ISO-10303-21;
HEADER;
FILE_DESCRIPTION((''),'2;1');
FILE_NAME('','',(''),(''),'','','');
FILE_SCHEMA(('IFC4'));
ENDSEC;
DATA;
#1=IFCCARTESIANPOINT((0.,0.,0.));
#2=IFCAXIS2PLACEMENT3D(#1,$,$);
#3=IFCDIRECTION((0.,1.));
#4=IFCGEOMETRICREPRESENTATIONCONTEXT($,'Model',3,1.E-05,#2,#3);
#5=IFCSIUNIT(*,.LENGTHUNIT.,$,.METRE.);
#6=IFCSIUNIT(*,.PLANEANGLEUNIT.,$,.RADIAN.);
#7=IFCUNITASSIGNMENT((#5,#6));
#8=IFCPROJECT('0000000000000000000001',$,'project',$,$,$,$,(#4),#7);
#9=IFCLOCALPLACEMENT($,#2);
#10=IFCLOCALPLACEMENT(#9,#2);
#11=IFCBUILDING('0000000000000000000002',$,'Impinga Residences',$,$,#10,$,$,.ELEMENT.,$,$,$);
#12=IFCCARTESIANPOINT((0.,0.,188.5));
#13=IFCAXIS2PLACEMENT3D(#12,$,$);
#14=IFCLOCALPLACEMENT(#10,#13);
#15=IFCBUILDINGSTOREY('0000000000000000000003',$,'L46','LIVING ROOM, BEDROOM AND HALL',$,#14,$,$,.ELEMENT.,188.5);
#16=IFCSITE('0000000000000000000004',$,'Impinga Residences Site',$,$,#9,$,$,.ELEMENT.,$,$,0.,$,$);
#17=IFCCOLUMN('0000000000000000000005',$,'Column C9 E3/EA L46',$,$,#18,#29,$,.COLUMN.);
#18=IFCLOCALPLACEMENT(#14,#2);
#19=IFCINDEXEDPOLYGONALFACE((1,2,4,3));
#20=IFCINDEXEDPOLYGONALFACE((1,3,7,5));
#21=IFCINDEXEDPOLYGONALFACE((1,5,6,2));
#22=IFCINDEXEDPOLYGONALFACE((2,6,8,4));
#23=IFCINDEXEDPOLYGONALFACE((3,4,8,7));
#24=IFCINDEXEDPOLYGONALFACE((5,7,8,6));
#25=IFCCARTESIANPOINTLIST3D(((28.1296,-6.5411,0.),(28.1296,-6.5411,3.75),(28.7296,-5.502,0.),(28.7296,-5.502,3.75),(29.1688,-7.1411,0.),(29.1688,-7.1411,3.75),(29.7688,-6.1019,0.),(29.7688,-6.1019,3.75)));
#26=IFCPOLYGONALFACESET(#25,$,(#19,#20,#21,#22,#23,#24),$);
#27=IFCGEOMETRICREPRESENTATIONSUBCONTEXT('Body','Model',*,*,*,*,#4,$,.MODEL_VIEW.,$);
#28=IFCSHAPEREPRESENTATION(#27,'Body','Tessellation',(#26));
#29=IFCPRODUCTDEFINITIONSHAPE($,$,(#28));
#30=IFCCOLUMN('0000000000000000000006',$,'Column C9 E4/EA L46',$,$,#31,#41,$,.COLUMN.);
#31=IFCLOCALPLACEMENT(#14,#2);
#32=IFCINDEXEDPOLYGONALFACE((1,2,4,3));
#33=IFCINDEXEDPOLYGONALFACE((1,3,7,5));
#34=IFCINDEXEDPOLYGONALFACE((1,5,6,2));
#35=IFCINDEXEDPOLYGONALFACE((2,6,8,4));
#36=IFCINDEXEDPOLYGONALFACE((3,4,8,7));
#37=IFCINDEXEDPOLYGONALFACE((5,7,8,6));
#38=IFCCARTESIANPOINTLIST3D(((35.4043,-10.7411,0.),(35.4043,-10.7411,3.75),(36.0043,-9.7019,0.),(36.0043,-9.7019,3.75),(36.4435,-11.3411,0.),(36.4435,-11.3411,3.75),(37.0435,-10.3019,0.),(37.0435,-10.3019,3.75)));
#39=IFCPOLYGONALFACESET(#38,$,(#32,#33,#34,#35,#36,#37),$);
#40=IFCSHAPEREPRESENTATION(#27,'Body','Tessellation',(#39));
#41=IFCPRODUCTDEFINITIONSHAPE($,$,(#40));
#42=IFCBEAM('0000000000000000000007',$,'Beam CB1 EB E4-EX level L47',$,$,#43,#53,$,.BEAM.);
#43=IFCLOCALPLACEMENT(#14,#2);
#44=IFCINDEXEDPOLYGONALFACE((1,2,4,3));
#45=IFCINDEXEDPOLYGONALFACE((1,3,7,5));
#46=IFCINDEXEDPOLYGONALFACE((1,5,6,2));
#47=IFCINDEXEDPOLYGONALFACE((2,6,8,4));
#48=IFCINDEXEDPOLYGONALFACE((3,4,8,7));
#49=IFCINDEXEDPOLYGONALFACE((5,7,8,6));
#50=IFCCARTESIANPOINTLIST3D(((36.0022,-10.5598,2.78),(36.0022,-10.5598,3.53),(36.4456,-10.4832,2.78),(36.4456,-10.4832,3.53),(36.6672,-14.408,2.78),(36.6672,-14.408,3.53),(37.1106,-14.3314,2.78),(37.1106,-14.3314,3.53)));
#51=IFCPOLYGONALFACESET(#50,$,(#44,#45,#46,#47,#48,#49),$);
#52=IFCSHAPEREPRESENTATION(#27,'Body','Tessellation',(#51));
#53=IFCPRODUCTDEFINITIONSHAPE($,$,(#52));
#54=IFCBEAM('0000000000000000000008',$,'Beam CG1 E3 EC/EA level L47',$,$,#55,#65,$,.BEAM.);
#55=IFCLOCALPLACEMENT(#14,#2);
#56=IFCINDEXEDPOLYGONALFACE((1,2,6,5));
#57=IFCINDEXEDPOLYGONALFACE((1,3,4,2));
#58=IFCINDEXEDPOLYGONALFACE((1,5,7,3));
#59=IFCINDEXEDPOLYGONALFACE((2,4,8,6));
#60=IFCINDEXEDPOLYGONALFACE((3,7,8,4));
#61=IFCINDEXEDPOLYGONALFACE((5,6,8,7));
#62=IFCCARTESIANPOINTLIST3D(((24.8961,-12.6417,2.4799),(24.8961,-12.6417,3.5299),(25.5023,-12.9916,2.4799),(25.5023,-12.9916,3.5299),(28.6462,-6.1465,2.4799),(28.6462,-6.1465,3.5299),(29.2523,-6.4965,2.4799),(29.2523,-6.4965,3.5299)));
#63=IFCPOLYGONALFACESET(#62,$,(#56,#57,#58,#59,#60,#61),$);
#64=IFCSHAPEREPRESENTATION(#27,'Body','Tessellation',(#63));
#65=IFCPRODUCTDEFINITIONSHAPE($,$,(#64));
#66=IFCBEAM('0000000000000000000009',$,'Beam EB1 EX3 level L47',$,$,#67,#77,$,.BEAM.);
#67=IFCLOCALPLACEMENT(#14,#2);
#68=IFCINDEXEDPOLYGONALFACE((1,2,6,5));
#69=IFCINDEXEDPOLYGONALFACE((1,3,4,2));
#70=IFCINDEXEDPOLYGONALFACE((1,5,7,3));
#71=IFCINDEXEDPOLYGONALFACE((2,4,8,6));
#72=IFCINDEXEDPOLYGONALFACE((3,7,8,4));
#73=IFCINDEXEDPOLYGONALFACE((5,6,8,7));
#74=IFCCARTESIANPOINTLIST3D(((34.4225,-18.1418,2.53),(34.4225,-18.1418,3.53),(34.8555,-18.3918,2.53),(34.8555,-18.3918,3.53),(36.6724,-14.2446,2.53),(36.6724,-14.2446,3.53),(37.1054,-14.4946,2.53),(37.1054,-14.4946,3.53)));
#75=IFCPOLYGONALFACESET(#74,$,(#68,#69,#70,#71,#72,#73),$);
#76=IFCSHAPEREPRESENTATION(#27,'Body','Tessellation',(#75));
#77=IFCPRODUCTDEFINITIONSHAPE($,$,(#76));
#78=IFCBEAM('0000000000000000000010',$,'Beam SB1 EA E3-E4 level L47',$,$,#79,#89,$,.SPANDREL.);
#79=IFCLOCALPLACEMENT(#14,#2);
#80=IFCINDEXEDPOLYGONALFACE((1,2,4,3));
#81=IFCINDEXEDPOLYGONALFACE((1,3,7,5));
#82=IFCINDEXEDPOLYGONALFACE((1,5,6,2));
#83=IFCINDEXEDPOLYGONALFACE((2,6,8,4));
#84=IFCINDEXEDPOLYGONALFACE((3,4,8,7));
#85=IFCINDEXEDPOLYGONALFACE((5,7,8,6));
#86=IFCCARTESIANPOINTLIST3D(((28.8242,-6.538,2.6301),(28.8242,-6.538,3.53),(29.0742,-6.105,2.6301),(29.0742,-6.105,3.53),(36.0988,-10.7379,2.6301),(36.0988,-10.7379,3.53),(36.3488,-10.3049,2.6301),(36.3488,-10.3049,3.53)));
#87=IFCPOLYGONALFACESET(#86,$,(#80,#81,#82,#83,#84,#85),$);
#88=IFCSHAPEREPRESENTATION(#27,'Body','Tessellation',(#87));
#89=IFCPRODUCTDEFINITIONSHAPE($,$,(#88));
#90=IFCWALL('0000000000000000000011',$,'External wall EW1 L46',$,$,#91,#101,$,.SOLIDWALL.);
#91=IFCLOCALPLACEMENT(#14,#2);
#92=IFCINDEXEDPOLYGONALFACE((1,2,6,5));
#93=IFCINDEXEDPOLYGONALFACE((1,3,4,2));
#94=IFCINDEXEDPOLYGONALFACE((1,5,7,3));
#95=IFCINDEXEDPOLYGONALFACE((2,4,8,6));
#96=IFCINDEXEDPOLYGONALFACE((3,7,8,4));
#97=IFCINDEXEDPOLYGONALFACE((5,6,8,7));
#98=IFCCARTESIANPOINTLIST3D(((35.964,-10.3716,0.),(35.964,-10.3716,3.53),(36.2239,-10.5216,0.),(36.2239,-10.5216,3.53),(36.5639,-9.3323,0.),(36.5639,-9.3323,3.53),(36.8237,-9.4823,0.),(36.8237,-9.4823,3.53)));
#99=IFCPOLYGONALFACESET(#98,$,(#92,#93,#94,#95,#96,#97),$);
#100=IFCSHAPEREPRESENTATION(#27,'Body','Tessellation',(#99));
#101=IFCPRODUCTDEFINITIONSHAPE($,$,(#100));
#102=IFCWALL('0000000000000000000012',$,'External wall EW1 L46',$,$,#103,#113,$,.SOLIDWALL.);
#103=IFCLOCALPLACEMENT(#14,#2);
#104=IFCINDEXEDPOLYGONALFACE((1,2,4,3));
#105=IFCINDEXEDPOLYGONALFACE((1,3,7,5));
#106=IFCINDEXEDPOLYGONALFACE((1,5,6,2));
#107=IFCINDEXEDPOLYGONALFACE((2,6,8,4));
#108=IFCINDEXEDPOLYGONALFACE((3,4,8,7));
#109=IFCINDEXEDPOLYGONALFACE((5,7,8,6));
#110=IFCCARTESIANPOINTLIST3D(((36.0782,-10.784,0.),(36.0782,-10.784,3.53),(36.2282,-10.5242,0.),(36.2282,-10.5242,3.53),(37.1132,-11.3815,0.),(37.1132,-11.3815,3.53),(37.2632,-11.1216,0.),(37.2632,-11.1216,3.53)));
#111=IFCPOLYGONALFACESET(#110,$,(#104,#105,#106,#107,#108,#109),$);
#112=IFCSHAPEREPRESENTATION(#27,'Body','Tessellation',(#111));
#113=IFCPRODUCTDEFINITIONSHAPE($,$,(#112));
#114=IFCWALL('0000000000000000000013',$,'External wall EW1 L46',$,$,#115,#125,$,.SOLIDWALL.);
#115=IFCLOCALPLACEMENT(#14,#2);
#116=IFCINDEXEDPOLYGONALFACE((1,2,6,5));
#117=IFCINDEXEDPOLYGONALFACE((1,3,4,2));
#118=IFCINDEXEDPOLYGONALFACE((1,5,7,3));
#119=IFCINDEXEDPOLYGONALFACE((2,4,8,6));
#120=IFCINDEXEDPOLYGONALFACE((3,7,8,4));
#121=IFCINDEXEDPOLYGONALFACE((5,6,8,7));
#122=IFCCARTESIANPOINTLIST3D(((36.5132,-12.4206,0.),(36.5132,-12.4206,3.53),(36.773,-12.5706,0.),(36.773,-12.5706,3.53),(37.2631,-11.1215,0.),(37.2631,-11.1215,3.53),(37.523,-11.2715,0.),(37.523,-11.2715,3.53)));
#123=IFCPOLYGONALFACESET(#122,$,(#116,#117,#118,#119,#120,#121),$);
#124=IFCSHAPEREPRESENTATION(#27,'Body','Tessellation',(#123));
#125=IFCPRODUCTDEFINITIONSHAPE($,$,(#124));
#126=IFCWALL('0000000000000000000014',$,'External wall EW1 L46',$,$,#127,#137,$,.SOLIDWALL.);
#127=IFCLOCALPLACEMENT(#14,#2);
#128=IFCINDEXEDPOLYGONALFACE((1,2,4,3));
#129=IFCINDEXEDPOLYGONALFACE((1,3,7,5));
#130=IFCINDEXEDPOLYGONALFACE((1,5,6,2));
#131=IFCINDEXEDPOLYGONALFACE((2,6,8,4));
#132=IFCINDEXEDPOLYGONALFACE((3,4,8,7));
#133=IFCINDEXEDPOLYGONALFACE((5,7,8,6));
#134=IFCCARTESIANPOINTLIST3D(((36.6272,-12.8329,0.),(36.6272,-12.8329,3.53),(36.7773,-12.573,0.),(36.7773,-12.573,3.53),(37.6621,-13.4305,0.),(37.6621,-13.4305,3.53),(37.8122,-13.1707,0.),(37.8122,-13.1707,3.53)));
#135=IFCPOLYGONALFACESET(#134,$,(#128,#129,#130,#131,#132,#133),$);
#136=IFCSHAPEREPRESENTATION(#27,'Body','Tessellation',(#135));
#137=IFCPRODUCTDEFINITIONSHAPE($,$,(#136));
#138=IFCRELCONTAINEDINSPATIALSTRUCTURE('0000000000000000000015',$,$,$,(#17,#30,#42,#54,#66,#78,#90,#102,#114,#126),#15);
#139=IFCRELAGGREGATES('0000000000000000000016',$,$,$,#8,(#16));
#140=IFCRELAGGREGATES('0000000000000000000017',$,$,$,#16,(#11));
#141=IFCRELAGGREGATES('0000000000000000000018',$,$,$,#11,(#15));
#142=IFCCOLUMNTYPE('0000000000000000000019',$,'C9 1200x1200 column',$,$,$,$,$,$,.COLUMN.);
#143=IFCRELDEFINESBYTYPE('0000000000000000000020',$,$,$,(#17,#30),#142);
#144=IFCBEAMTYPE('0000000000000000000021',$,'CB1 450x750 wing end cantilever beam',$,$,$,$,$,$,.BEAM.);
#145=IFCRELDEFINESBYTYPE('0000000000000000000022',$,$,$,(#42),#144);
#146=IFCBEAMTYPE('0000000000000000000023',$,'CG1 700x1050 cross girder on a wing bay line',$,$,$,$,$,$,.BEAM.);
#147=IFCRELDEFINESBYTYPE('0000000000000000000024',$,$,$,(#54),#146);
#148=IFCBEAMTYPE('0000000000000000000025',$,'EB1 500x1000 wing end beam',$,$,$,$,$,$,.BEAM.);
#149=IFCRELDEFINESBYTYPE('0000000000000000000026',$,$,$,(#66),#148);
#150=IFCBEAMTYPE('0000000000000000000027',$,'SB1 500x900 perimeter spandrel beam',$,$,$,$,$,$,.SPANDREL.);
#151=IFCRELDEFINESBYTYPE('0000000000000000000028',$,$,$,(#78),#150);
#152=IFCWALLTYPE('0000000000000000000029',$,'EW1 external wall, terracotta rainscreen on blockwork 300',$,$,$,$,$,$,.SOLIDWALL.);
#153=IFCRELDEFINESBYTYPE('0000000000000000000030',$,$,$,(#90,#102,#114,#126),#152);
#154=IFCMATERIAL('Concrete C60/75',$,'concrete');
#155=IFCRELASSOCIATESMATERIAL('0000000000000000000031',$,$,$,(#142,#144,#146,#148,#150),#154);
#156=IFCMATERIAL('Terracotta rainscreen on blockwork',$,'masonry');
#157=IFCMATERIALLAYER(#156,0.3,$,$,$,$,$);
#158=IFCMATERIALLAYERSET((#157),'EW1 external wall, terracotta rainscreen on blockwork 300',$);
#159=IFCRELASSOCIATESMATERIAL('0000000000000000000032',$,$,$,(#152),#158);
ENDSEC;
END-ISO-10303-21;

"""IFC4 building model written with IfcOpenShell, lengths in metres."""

from ifc_helpers import new_model, si_unit, direction, frame, frame_2d, origin, origin_2d, place, context, subcontext, project, spatial, rectangle, extrude, material, layer, layer_set, material_profile, profile_set, type_object, element, save


model = new_model("IFC4")

# Units and contexts
model_context = context("Model", 3, precision=1e-05, world=origin(), true_north=direction((0.0, 1.0)))
body_context = subcontext(model_context, "Body", "Model", "MODEL_VIEW")
ifc_project = project(units=[si_unit("LENGTHUNIT", "METRE"), si_unit("PLANEANGLEUNIT", "RADIAN")], contexts=[model_context])

# Site, building, storey
site_placement = place(None, origin())
site = spatial("IfcSite", under=ifc_project, at=site_placement, Name="Impinga Residences Site", CompositionType="ELEMENT", RefElevation=0.0)
building_placement = place(site_placement, origin())
building = spatial("IfcBuilding", under=site, at=building_placement, Name="Impinga Residences", CompositionType="ELEMENT")
storey_placement = place(building_placement, frame((0.0, 0.0, 188.5)))
storey = spatial("IfcBuildingStorey", under=building, at=storey_placement, Name="L46", Description="LIVING ROOM, BEDROOM AND HALL", CompositionType="ELEMENT", Elevation=188.5)

# Columns
ifc_material_1 = material(Name="Concrete C60/75", Category="concrete")
ifc_material_profile_1 = material_profile(ifc_material_1, rectangle(XDim=1.2, YDim=1.2, at=origin_2d()), Name="RC 1200x1200")
ifc_profile_set_1 = profile_set([ifc_material_profile_1], Name="Concrete C60/75")
column_type = type_object("IfcColumnType", Name="C9 1200x1200 column", PredefinedType="COLUMN", material=ifc_profile_set_1)
for number, where, z_axis, x_axis, name in (
    (1, (28.9492, -6.3215, 0.0), (0.0, 0.0, 1.0), (-0.5, -0.866025, 0.0), "Column C9 E3/EA L46"),
    (2, (36.2239, -10.5215, 0.0), (0.0, 0.0, 1.0), (-0.5, -0.866025, 0.0), "Column C9 E4/EA L46"),
):
    element("IfcColumn", number, at=place(storey_placement, frame(where, z_axis=z_axis, x_axis=x_axis)), inside=storey, type_object=column_type, Name=name, PredefinedType="COLUMN", context=body_context, shape_type="SweptSolid", body=[
        extrude(rectangle(XDim=1.2, YDim=1.2, at=origin_2d()), origin(), (0.0, 0.0, 1.0), 3.75),
    ])

# Beams
ifc_material_profile_2 = material_profile(ifc_material_1, rectangle(XDim=0.45, YDim=0.75, at=origin_2d()), Name="RC 450x750")
ifc_profile_set_2 = profile_set([ifc_material_profile_2], Name="Concrete C60/75")
beam_type_1 = type_object("IfcBeamType", Name="CB1 450x750 wing end cantilever beam", PredefinedType="BEAM", material=ifc_profile_set_2)
beam_1_placement = place(storey_placement, frame((36.2239, -10.5215, 3.155), z_axis=(0.170296, -0.985393, 0.0), x_axis=(0.985393, 0.170296, 0.0)))
element("IfcBeam", 3, at=beam_1_placement, inside=storey, type_object=beam_type_1, Name="Beam CB1 EB E4-EX level L47", PredefinedType="BEAM", context=body_context, shape_type="SweptSolid", body=[
    extrude(rectangle(XDim=0.45, YDim=0.75, at=origin_2d()), origin(), (0.0, 0.0, 1.0), 3.9053),
])
ifc_material_profile_3 = material_profile(ifc_material_1, rectangle(XDim=0.7, YDim=1.05, at=origin_2d()), Name="RC 700x1050")
ifc_profile_set_3 = profile_set([ifc_material_profile_3], Name="Concrete C60/75")
beam_type_2 = type_object("IfcBeamType", Name="CG1 700x1050 cross girder on a wing bay line", PredefinedType="BEAM", material=ifc_profile_set_3)
beam_2_placement = place(storey_placement, frame((25.1992, -12.8167, 3.0049), z_axis=(0.500004, 0.866023, 0.0), x_axis=(-0.866023, 0.500004, 0.0)))
element("IfcBeam", 4, at=beam_2_placement, inside=storey, type_object=beam_type_2, Name="Beam CG1 E3 EC/EA level L47", PredefinedType="BEAM", context=body_context, shape_type="SweptSolid", body=[
    extrude(rectangle(XDim=0.7, YDim=1.05, at=origin_2d()), origin(), (0.0, 0.0, 1.0), 7.5),
])
ifc_material_profile_4 = material_profile(ifc_material_1, rectangle(XDim=0.5, YDim=1.0, at=origin_2d()), Name="RC 500x1000")
ifc_profile_set_4 = profile_set([ifc_material_profile_4], Name="Concrete C60/75")
beam_type_3 = type_object("IfcBeamType", Name="EB1 500x1000 wing end beam", PredefinedType="BEAM", material=ifc_profile_set_4)
beam_3_placement = place(storey_placement, frame((36.8889, -14.3696, 3.03), z_axis=(-0.49999, -0.866031, 0.0), x_axis=(0.866031, -0.49999, 0.0)))
element("IfcBeam", 5, at=beam_3_placement, inside=storey, type_object=beam_type_3, Name="Beam EB1 EX3 level L47", PredefinedType="BEAM", context=body_context, shape_type="SweptSolid", body=[
    extrude(rectangle(XDim=0.5, YDim=1.0, at=origin_2d()), origin(), (0.0, 0.0, 1.0), 4.5),
])
ifc_material_profile_5 = material_profile(ifc_material_1, rectangle(XDim=0.5, YDim=0.8999, at=origin_2d()), Name="RC 500x900")
ifc_profile_set_5 = profile_set([ifc_material_profile_5], Name="Concrete C60/75")
beam_type_4 = type_object("IfcBeamType", Name="SB1 500x900 perimeter spandrel beam", PredefinedType="SPANDREL", material=ifc_profile_set_5)
beam_4_placement = place(storey_placement, frame((28.9492, -6.3215, 3.0801), z_axis=(0.866029, -0.499993, 0.0), x_axis=(0.499993, 0.866029, 0.0)))
element("IfcBeam", 6, at=beam_4_placement, inside=storey, type_object=beam_type_4, Name="Beam SB1 EA E3-E4 level L47", PredefinedType="SPANDREL", context=body_context, shape_type="SweptSolid", body=[
    extrude(rectangle(XDim=0.5, YDim=0.8999, at=origin_2d()), origin(), (0.0, 0.0, 1.0), 8.3999),
])

# Walls
ifc_material_2 = material(Name="Terracotta rainscreen on blockwork", Category="masonry")
ifc_layer_1 = layer(ifc_material_2, 0.3)
ifc_layer_set_1 = layer_set([ifc_layer_1], Name="EW1 external wall, terracotta rainscreen on blockwork 300")
wall_type_1 = type_object("IfcWallType", Name="EW1 external wall, terracotta rainscreen on blockwork 300", PredefinedType="SOLIDWALL", material=ifc_layer_set_1)
wall_1_placement = place(storey_placement, frame((36.6938, -9.4072, 0.0), z_axis=(0.0, 0.0, 1.0), x_axis=(-0.499881, -0.866094, 0.0)))
element("IfcWall", 7, at=wall_1_placement, inside=storey, type_object=wall_type_1, Name="External wall EW1 L46", PredefinedType="SOLIDWALL", context=body_context, shape_type="SweptSolid", body=[
    extrude(rectangle(XDim=1.2, YDim=0.3, at=frame_2d((0.6001, 0.0))), origin(), (0.0, 0.0, 1.0), 3.53),
])
wall_2_placement = place(storey_placement, frame((36.1531, -10.6541, 0.0), z_axis=(0.0, 0.0, 1.0), x_axis=(0.86606, -0.499941, 0.0)))
element("IfcWall", 8, at=wall_2_placement, inside=storey, type_object=wall_type_1, Name="External wall EW1 L46", PredefinedType="SOLIDWALL", context=body_context, shape_type="SweptSolid", body=[
    extrude(rectangle(XDim=1.1951, YDim=0.3, at=frame_2d((0.5977, 0.0))), origin(), (0.0, 0.0, 1.0), 3.53),
])
wall_3_placement = place(storey_placement, frame((37.3931, -11.1965, 0.0), z_axis=(0.0, 0.0, 1.0), x_axis=(-0.49999, -0.866031, 0.0)))
element("IfcWall", 9, at=wall_3_placement, inside=storey, type_object=wall_type_1, Name="External wall EW1 L46", PredefinedType="SOLIDWALL", context=body_context, shape_type="SweptSolid", body=[
    extrude(rectangle(XDim=1.5, YDim=0.3, at=frame_2d((0.75, 0.0))), origin(), (0.0, 0.0, 1.0), 3.53),
])
wall_4_placement = place(storey_placement, frame((36.7021, -12.7029, 0.0), z_axis=(0.0, 0.0, 1.0), x_axis=(0.865971, -0.500094, 0.0)))
element("IfcWall", 10, at=wall_4_placement, inside=storey, type_object=wall_type_1, Name="External wall EW1 L46", PredefinedType="SOLIDWALL", context=body_context, shape_type="SweptSolid", body=[
    extrude(rectangle(XDim=1.1951, YDim=0.3, at=frame_2d((0.5977, 0.0))), origin(), (0.0, 0.0, 1.0), 3.53),
])

save(model, "model.ifc")
